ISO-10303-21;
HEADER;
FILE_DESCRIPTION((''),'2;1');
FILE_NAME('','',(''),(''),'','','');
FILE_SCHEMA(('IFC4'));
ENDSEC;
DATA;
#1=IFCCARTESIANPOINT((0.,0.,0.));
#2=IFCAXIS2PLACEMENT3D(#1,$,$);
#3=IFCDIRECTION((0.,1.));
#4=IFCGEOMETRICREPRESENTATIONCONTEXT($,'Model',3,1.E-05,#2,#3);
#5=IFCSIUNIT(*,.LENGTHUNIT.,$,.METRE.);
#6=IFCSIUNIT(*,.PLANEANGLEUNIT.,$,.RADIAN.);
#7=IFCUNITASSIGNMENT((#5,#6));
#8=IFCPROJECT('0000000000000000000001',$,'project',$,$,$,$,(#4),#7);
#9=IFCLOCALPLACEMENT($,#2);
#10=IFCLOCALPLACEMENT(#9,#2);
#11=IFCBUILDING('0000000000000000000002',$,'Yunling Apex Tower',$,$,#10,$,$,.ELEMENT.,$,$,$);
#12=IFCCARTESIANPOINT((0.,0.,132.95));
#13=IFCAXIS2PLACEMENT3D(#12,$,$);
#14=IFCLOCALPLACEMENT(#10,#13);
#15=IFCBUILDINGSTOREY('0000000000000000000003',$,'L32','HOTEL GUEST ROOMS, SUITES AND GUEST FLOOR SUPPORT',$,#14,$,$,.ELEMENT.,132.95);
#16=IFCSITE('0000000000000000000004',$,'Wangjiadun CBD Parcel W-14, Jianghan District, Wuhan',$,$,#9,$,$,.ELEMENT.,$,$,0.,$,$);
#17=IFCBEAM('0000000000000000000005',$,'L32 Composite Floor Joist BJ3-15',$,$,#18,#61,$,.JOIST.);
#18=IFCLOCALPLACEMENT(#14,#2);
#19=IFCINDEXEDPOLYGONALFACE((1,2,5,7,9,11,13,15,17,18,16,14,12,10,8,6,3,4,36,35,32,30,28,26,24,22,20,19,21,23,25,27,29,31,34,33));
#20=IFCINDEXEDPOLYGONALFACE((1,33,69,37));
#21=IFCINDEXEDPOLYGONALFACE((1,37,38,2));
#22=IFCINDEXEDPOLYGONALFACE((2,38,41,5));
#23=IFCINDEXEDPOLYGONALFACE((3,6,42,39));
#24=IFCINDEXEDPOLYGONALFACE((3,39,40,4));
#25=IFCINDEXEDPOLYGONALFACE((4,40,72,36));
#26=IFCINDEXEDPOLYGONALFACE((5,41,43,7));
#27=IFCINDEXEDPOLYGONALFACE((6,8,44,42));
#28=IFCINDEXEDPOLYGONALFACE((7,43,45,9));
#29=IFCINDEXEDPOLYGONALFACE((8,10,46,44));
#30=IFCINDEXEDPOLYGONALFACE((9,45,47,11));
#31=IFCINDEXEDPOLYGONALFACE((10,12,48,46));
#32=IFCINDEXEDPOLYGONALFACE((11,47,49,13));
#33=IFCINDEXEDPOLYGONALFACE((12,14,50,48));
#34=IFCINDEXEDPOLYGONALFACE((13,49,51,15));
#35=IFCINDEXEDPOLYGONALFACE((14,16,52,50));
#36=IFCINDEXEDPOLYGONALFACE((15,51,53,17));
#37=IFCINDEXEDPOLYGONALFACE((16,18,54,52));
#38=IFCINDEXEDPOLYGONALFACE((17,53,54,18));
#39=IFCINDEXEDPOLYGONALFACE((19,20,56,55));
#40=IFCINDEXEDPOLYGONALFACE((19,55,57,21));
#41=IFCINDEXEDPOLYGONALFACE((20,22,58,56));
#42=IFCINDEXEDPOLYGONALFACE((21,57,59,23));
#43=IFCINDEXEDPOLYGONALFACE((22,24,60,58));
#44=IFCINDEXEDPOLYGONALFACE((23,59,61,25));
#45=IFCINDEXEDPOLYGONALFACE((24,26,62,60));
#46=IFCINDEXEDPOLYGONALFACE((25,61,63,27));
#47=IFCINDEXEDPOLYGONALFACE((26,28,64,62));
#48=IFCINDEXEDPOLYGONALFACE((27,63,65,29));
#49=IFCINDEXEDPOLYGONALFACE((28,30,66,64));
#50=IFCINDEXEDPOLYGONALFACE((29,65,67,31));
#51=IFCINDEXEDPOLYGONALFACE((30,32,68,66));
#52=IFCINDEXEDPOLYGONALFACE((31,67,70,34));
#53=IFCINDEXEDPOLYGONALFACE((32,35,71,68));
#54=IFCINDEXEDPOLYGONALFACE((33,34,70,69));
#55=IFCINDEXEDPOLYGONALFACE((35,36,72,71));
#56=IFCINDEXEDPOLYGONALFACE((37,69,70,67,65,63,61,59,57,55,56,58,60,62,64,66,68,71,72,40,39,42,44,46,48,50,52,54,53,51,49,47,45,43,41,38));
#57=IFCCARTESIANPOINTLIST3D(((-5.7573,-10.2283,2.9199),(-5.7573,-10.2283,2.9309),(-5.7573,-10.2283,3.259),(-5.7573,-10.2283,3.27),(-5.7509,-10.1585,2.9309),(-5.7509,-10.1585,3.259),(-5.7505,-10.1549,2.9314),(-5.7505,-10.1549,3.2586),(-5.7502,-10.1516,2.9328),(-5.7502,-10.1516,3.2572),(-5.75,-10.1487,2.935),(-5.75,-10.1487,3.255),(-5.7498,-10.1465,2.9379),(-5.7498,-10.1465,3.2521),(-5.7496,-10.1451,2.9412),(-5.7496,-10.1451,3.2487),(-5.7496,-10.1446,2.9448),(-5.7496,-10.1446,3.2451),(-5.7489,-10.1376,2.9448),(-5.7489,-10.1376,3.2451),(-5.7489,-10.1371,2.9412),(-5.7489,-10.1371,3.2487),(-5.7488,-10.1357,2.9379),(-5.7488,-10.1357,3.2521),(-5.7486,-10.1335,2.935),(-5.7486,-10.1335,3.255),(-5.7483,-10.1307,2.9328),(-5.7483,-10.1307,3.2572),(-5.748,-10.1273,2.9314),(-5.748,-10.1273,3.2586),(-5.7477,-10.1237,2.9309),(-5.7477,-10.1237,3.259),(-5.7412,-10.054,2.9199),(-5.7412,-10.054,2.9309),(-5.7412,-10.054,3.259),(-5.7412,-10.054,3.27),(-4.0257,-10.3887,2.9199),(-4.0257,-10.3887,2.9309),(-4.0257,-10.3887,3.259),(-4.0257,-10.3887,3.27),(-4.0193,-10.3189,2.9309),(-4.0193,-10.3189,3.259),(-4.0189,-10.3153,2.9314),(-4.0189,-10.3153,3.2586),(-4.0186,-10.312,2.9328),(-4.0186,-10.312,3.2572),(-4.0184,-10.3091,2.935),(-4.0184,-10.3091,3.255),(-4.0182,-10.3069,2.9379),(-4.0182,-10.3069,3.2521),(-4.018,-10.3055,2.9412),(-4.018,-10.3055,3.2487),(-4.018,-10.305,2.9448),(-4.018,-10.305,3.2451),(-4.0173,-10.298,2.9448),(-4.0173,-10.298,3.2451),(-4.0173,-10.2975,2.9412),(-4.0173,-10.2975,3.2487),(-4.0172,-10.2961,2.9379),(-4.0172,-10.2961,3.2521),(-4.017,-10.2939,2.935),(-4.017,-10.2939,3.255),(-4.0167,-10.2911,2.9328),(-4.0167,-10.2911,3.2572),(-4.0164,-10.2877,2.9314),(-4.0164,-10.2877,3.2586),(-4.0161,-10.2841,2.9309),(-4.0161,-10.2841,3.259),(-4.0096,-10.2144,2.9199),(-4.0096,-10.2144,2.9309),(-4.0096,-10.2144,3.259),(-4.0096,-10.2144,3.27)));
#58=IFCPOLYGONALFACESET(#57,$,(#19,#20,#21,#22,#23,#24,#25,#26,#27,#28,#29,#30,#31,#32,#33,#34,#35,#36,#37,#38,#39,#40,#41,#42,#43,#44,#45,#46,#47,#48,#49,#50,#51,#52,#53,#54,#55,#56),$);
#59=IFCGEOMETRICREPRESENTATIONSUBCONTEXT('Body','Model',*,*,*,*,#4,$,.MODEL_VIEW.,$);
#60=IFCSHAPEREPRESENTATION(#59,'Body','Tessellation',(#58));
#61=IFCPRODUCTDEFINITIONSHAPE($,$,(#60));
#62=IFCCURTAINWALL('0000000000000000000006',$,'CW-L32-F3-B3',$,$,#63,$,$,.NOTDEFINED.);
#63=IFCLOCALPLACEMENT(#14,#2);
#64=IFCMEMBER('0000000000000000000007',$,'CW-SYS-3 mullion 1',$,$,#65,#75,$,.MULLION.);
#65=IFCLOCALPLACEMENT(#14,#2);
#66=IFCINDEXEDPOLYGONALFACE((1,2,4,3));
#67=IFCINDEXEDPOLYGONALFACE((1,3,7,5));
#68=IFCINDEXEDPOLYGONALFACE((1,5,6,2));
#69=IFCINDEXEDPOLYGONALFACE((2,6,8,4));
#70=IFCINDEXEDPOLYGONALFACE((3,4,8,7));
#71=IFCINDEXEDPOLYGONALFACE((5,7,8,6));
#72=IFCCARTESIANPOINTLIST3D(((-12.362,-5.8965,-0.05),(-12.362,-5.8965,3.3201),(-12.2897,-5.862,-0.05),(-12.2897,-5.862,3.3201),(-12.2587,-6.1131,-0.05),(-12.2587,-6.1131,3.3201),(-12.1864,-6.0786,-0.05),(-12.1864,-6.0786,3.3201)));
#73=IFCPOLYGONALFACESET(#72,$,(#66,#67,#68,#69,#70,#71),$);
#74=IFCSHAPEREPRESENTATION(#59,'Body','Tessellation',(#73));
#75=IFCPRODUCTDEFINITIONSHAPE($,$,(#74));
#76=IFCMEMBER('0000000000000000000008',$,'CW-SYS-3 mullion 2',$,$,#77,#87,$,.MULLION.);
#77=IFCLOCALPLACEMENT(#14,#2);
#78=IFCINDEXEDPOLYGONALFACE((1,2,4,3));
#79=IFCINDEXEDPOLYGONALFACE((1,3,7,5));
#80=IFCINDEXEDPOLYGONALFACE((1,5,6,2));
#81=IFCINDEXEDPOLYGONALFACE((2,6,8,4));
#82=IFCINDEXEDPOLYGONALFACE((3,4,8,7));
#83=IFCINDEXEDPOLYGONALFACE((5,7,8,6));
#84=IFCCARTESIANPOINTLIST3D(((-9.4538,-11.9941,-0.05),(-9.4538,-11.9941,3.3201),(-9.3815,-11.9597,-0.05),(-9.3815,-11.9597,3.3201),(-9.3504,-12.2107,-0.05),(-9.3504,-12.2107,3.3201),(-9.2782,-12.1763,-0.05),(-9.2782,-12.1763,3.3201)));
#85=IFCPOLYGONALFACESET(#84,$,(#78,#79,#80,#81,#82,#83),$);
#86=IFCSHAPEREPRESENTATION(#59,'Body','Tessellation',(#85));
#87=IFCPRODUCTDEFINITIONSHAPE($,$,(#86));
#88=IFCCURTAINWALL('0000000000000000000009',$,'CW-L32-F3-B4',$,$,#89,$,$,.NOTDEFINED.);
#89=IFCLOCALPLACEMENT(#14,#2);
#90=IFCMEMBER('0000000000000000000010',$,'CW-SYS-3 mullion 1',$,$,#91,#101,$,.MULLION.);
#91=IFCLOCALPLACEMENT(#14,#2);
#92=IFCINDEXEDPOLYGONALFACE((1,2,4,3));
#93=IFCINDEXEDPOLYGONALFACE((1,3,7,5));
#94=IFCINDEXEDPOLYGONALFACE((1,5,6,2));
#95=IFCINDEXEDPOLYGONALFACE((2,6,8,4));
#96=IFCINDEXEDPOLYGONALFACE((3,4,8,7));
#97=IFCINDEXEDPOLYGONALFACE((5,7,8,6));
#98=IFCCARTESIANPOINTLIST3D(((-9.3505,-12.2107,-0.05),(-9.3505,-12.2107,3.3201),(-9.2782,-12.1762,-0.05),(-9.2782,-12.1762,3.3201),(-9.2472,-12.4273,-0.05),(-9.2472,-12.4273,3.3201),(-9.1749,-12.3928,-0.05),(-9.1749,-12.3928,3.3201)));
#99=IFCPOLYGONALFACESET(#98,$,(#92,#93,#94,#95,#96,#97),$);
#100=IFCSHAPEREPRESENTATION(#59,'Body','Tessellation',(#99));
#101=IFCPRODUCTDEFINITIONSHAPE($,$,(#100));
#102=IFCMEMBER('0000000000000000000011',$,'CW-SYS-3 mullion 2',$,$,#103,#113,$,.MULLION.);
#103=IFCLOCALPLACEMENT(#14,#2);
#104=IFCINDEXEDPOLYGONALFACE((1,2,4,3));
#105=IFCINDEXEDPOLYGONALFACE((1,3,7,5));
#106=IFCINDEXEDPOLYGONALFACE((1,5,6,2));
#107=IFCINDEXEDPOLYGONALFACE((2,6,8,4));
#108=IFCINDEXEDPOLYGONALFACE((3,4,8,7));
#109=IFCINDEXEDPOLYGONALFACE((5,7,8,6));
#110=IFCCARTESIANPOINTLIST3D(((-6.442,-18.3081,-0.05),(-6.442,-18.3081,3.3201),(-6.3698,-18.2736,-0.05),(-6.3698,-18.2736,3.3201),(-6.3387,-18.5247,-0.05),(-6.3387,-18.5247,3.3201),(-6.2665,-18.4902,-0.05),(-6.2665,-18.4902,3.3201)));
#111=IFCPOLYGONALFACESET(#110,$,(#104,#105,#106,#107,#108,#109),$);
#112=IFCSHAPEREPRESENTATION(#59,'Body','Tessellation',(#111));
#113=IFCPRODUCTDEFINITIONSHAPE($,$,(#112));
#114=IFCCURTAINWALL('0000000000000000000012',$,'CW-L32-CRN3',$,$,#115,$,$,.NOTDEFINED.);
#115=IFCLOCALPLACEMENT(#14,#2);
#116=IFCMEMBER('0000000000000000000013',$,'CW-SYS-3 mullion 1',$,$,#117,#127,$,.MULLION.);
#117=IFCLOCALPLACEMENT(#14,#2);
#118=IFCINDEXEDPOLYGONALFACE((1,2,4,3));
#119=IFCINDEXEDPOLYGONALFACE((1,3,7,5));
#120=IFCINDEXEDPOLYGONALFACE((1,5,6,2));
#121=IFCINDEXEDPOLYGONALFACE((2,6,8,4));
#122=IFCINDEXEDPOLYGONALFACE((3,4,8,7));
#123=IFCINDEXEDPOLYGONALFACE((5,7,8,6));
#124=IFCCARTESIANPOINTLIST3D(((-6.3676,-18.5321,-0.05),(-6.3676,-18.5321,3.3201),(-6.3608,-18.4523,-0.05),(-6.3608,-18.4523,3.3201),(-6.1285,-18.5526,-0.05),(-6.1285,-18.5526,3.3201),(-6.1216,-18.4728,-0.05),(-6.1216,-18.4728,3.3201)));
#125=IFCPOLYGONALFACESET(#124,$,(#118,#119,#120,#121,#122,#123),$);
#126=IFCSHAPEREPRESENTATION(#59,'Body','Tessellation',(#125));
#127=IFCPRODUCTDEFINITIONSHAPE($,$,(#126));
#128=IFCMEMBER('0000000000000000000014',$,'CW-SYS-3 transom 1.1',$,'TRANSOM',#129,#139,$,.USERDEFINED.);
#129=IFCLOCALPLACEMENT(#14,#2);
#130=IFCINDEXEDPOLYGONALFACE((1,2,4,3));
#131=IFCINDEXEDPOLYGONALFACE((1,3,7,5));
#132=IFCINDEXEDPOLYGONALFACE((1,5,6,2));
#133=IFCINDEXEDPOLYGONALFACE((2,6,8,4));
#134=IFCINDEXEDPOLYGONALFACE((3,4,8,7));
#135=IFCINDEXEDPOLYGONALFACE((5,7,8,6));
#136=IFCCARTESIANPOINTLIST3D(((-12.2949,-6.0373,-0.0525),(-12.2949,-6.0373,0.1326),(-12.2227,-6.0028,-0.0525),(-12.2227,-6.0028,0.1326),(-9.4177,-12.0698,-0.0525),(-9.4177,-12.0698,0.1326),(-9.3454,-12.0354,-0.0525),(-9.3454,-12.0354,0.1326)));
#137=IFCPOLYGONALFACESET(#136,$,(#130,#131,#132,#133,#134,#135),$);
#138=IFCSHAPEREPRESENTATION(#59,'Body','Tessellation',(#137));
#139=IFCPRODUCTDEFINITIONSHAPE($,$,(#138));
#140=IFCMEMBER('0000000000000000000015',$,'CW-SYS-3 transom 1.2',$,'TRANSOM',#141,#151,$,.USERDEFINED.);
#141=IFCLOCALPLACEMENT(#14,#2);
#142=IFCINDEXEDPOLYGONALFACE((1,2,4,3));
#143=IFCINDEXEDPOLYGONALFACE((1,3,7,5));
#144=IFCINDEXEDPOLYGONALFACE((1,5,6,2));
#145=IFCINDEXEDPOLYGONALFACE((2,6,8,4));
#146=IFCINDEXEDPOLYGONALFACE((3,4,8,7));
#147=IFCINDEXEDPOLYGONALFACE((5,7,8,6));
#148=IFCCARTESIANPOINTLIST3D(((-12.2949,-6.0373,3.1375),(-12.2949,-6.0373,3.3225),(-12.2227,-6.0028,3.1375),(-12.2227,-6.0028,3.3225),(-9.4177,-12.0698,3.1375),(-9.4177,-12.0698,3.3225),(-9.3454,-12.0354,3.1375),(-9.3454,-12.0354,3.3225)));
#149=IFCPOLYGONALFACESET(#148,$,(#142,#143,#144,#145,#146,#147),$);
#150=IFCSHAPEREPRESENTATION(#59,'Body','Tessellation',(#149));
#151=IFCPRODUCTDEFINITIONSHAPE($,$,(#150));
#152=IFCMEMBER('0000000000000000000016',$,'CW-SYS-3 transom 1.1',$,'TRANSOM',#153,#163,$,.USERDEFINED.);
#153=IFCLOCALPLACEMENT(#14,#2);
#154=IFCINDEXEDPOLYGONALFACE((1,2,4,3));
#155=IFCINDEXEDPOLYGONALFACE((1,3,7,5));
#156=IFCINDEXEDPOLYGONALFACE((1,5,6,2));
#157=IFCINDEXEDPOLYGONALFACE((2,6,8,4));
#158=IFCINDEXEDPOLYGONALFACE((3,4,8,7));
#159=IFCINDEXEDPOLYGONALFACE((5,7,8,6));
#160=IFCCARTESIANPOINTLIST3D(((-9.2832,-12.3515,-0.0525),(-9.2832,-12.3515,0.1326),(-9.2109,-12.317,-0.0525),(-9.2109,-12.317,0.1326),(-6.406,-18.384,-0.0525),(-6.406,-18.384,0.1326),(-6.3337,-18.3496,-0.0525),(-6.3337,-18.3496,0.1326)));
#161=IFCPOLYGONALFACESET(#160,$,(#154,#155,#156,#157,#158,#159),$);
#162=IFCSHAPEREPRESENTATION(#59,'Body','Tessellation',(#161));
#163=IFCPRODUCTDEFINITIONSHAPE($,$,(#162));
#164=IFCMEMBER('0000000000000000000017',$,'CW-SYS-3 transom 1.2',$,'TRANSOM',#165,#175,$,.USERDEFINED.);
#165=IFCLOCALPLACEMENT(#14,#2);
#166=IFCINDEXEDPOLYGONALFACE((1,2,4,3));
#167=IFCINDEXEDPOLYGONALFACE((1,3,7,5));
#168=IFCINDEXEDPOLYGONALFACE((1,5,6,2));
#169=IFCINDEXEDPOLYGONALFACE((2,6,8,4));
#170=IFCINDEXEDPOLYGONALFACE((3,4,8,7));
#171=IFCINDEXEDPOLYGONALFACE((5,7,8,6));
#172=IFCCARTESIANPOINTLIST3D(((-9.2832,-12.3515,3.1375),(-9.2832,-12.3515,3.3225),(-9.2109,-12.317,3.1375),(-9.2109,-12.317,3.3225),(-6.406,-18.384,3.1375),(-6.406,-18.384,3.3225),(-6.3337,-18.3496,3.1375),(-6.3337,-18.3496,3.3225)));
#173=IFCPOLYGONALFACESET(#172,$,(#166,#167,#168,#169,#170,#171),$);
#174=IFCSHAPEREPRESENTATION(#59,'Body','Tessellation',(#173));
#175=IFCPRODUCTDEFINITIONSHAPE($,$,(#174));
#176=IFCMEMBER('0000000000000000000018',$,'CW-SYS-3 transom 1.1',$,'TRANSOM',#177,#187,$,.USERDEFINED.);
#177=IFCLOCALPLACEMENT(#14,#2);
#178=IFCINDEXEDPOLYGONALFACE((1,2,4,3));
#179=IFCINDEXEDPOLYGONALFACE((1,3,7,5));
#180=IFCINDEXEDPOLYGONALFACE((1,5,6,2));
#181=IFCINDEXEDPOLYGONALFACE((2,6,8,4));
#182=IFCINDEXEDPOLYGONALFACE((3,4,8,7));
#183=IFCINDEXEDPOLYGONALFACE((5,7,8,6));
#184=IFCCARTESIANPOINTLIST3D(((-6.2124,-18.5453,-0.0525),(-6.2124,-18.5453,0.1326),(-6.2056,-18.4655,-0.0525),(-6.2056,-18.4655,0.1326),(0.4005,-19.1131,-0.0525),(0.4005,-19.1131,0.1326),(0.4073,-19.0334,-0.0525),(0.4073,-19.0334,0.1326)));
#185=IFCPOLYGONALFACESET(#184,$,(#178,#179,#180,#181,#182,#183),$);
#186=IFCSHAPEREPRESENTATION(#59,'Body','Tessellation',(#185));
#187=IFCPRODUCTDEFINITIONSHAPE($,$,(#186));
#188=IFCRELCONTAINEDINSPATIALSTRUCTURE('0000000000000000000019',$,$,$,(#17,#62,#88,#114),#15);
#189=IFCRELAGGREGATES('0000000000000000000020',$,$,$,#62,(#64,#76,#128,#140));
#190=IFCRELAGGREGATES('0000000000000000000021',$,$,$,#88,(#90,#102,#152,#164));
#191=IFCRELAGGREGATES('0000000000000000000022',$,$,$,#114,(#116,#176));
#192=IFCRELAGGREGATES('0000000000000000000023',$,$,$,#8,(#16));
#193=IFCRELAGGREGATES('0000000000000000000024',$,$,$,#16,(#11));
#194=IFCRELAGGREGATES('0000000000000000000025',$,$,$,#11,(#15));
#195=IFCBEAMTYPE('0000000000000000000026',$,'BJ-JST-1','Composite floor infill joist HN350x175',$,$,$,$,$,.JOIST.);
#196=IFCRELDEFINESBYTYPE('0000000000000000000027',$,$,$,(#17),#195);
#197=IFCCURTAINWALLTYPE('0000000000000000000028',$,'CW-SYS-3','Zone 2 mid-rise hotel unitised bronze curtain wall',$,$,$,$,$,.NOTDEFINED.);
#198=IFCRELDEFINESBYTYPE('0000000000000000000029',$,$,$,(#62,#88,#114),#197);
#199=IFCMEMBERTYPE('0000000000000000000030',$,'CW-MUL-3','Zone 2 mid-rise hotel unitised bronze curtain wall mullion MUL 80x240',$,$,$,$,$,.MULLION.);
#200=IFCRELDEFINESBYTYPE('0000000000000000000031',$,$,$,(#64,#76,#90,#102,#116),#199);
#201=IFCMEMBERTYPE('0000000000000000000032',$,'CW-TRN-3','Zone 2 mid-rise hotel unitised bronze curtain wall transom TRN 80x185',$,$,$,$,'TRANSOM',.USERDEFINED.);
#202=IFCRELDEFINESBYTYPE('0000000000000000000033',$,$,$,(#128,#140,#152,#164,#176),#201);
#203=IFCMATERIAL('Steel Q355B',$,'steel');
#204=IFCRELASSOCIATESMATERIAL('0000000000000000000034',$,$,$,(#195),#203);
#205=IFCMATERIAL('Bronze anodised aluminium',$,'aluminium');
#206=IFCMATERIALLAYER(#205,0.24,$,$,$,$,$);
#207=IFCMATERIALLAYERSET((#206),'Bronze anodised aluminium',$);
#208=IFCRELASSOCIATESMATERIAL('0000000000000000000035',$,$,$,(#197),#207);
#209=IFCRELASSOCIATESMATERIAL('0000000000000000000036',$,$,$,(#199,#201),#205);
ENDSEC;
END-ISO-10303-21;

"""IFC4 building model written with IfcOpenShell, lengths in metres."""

from ifc_helpers import new_model, si_unit, direction, frame, origin, origin_2d, place, context, subcontext, project, spatial, rectangle, i_section, extrude, source, transform, mapped, material, layer, layer_set, material_profile, profile_set, type_object, element, aggregate, save


model = new_model("IFC4")

# Units and contexts
model_context = context("Model", 3, precision=1e-05, world=origin(), true_north=direction((0.0, 1.0)))
body_context = subcontext(model_context, "Body", "Model", "MODEL_VIEW")
ifc_project = project(units=[si_unit("LENGTHUNIT", "METRE"), si_unit("PLANEANGLEUNIT", "RADIAN")], contexts=[model_context])

# Site, building, storey
site_placement = place(None, origin())
site = spatial("IfcSite", under=ifc_project, at=site_placement, Name="Wangjiadun CBD Parcel W-14, Jianghan District, Wuhan", CompositionType="ELEMENT", RefElevation=0.0)
building_placement = place(site_placement, origin())
building = spatial("IfcBuilding", under=site, at=building_placement, Name="Yunling Apex Tower", CompositionType="ELEMENT")
storey_placement = place(building_placement, frame((0.0, 0.0, 132.95)))
storey = spatial("IfcBuildingStorey", under=building, at=storey_placement, Name="L32", Description="HOTEL GUEST ROOMS, SUITES AND GUEST FLOOR SUPPORT", CompositionType="ELEMENT", Elevation=132.95)

# Beam
ifc_material_1 = material(Name="Steel Q355B", Category="steel")
ifc_material_profile_1 = material_profile(ifc_material_1, i_section(OverallWidth=0.175, OverallDepth=0.3501, WebThickness=0.0071, FlangeThickness=0.011, FilletRadius=0.0139, at=origin_2d()))
ifc_profile_set_1 = profile_set([ifc_material_profile_1], Name="Steel Q355B")
beam_type_1 = type_object("IfcBeamType", Name="BJ-JST-1", Description="Composite floor infill joist HN350x175", PredefinedType="JOIST", material=ifc_profile_set_1)
shared_shape_1 = source(origin(), body_context, "Body", "SweptSolid", [
    extrude(i_section(OverallWidth=0.175, OverallDepth=0.3501, WebThickness=0.0071, FlangeThickness=0.011, FilletRadius=0.0139, at=origin_2d()), origin(), (0.0, 0.0, 1.0), 1.739),
])
beam_1_placement = place(storey_placement, frame((-5.7493, -10.1411, 3.095), z_axis=(0.995738, -0.092232, 0.0), x_axis=(0.092232, 0.995738, 0.0)))
element("IfcBeam", 1, at=beam_1_placement, inside=storey, type_object=beam_type_1, Name="L32 Composite Floor Joist BJ3-15", PredefinedType="JOIST", context=body_context, shape_type="MappedRepresentation", body=[
    mapped(shared_shape_1, transform((0.0, 0.0, 0.0), scale=1.0)),
])

# Curtain walls, members
ifc_material_2 = material(Name="Bronze anodised aluminium", Category="aluminium")
ifc_layer_1 = layer(ifc_material_2, 0.24)
ifc_layer_set_1 = layer_set([ifc_layer_1], Name="Bronze anodised aluminium")
curtain_wall_type = type_object("IfcCurtainWallType", Name="CW-SYS-3", Description="Zone 2 mid-rise hotel unitised bronze curtain wall", PredefinedType="NOTDEFINED", material=ifc_layer_set_1)
curtain_wall_1_placement = place(storey_placement, origin())
curtain_wall_1 = element("IfcCurtainWall", 2, at=curtain_wall_1_placement, inside=storey, type_object=curtain_wall_type, Name="CW-L32-F3-B3", PredefinedType="NOTDEFINED")
ifc_material_profile_2 = material_profile(ifc_material_2, rectangle(XDim=0.0801, YDim=0.24, at=origin_2d()))
ifc_profile_set_2 = profile_set([ifc_material_profile_2], Name="Bronze anodised aluminium")
member_type_1 = type_object("IfcMemberType", Name="CW-MUL-3", Description="Zone 2 mid-rise hotel unitised bronze curtain wall mullion MUL 80x240", PredefinedType="MULLION", material=ifc_profile_set_2)
shared_shape_2 = source(origin(), body_context, "Body", "SweptSolid", [
    extrude(rectangle(XDim=0.0801, YDim=0.24, at=origin_2d()), origin(), (0.0, 0.0, 1.0), 3.3701),
])
member_1_placement = place(storey_placement, frame((-12.2742, -5.9875, -0.05), z_axis=(0.0, 0.0, 1.0), x_axis=(0.902593, 0.430494, 0.0)))
member_1 = element("IfcMember", 3, at=member_1_placement, type_object=member_type_1, Name="CW-SYS-3 mullion 1", PredefinedType="MULLION", context=body_context, shape_type="MappedRepresentation", body=[
    mapped(shared_shape_2, transform((0.0, 0.0, 0.0), scale=1.0)),
])
member_2_placement = place(storey_placement, frame((-9.366, -12.0852, -0.05), z_axis=(0.0, 0.0, 1.0), x_axis=(0.902593, 0.430494, 0.0)))
member_2 = element("IfcMember", 4, at=member_2_placement, type_object=member_type_1, Name="CW-SYS-3 mullion 2", PredefinedType="MULLION", context=body_context, shape_type="MappedRepresentation", body=[
    mapped(shared_shape_2, transform((0.0, 0.0, 0.0), scale=1.0)),
])
curtain_wall_2_placement = place(storey_placement, origin())
curtain_wall_2 = element("IfcCurtainWall", 5, at=curtain_wall_2_placement, inside=storey, type_object=curtain_wall_type, Name="CW-L32-F3-B4", PredefinedType="NOTDEFINED")
member_3_placement = place(storey_placement, frame((-9.2627, -12.3018, -0.05), z_axis=(0.0, 0.0, 1.0), x_axis=(0.902585, 0.430512, 0.0)))
member_3 = element("IfcMember", 6, at=member_3_placement, type_object=member_type_1, Name="CW-SYS-3 mullion 1", PredefinedType="MULLION", context=body_context, shape_type="MappedRepresentation", body=[
    mapped(shared_shape_2, transform((0.0, 0.0, 0.0), scale=1.0)),
])
member_4_placement = place(storey_placement, frame((-6.3542, -18.3992, -0.05), z_axis=(0.0, 0.0, 1.0), x_axis=(0.902585, 0.430512, 0.0)))
member_4 = element("IfcMember", 7, at=member_4_placement, type_object=member_type_1, Name="CW-SYS-3 mullion 2", PredefinedType="MULLION", context=body_context, shape_type="MappedRepresentation", body=[
    mapped(shared_shape_2, transform((0.0, 0.0, 0.0), scale=1.0)),
])

# Curtain wall, member
curtain_wall_3_placement = place(storey_placement, origin())
curtain_wall_3 = element("IfcCurtainWall", 8, at=curtain_wall_3_placement, inside=storey, type_object=curtain_wall_type, Name="CW-L32-CRN3", PredefinedType="NOTDEFINED")
member_5_placement = place(storey_placement, frame((-6.2446, -18.5024, -0.05), z_axis=(0.0, 0.0, 1.0), x_axis=(0.08555, 0.996334, 0.0)))
member_5 = element("IfcMember", 9, at=member_5_placement, type_object=member_type_1, Name="CW-SYS-3 mullion 1", PredefinedType="MULLION", context=body_context, shape_type="MappedRepresentation", body=[
    mapped(shared_shape_2, transform((0.0, 0.0, 0.0), scale=1.0)),
])

# Members
ifc_material_profile_3 = material_profile(ifc_material_2, rectangle(XDim=0.0801, YDim=0.1851, at=origin_2d()))
ifc_profile_set_3 = profile_set([ifc_material_profile_3], Name="Bronze anodised aluminium")
member_type_2 = type_object("IfcMemberType", Name="CW-TRN-3", Description="Zone 2 mid-rise hotel unitised bronze curtain wall transom TRN 80x185", ElementType="TRANSOM", PredefinedType="USERDEFINED", material=ifc_profile_set_3)
shared_shape_3 = source(origin(), body_context, "Body", "SweptSolid", [
    extrude(rectangle(XDim=0.0801, YDim=0.1851, at=origin_2d()), origin(), (0.0, 0.0, 1.0), 6.6836),
])
member_6_placement = place(storey_placement, frame((-12.2588, -6.02, 0.04), z_axis=(0.430494, -0.902594, 0.0), x_axis=(0.902594, 0.430494, 0.0)))
member_6 = element("IfcMember", 10, at=member_6_placement, type_object=member_type_2, Name="CW-SYS-3 transom 1.1", ObjectType="TRANSOM", PredefinedType="USERDEFINED", context=body_context, shape_type="MappedRepresentation", body=[
    mapped(shared_shape_3, transform((0.0, 0.0, 0.0), scale=1.0)),
])
member_7_placement = place(storey_placement, frame((-12.2588, -6.02, 3.23), z_axis=(0.430494, -0.902594, 0.0), x_axis=(0.902594, 0.430494, 0.0)))
member_7 = element("IfcMember", 11, at=member_7_placement, type_object=member_type_2, Name="CW-SYS-3 transom 1.2", ObjectType="TRANSOM", PredefinedType="USERDEFINED", context=body_context, shape_type="MappedRepresentation", body=[
    mapped(shared_shape_3, transform((0.0, 0.0, 0.0), scale=1.0)),
])
member_8_placement = place(storey_placement, frame((-9.2471, -12.3342, 0.04), z_axis=(0.430494, -0.902594, 0.0), x_axis=(0.902594, 0.430494, 0.0)))
member_8 = element("IfcMember", 12, at=member_8_placement, type_object=member_type_2, Name="CW-SYS-3 transom 1.1", ObjectType="TRANSOM", PredefinedType="USERDEFINED", context=body_context, shape_type="MappedRepresentation", body=[
    mapped(shared_shape_3, transform((0.0, 0.0, 0.0), scale=1.0)),
])
member_9_placement = place(storey_placement, frame((-9.2471, -12.3342, 3.23), z_axis=(0.430494, -0.902594, 0.0), x_axis=(0.902594, 0.430494, 0.0)))
member_9 = element("IfcMember", 13, at=member_9_placement, type_object=member_type_2, Name="CW-SYS-3 transom 1.2", ObjectType="TRANSOM", PredefinedType="USERDEFINED", context=body_context, shape_type="MappedRepresentation", body=[
    mapped(shared_shape_3, transform((0.0, 0.0, 0.0), scale=1.0)),
])
shared_shape_4 = source(origin(), body_context, "Body", "SweptSolid", [
    extrude(rectangle(XDim=0.0801, YDim=0.1851, at=origin_2d()), origin(), (0.0, 0.0, 1.0), 6.6372),
])
member_10_placement = place(storey_placement, frame((-6.209, -18.5054, 0.04), z_axis=(0.996333, -0.08556, 0.0), x_axis=(0.08556, 0.996333, 0.0)))
member_10 = element("IfcMember", 14, at=member_10_placement, type_object=member_type_2, Name="CW-SYS-3 transom 1.1", ObjectType="TRANSOM", PredefinedType="USERDEFINED", context=body_context, shape_type="MappedRepresentation", body=[
    mapped(shared_shape_4, transform((0.0, 0.0, 0.0), scale=1.0)),
])

aggregate(curtain_wall_1, [member_1, member_2, member_6, member_7])
aggregate(curtain_wall_2, [member_3, member_4, member_8, member_9])
aggregate(curtain_wall_3, [member_5, member_10])

save(model, "model.ifc")
